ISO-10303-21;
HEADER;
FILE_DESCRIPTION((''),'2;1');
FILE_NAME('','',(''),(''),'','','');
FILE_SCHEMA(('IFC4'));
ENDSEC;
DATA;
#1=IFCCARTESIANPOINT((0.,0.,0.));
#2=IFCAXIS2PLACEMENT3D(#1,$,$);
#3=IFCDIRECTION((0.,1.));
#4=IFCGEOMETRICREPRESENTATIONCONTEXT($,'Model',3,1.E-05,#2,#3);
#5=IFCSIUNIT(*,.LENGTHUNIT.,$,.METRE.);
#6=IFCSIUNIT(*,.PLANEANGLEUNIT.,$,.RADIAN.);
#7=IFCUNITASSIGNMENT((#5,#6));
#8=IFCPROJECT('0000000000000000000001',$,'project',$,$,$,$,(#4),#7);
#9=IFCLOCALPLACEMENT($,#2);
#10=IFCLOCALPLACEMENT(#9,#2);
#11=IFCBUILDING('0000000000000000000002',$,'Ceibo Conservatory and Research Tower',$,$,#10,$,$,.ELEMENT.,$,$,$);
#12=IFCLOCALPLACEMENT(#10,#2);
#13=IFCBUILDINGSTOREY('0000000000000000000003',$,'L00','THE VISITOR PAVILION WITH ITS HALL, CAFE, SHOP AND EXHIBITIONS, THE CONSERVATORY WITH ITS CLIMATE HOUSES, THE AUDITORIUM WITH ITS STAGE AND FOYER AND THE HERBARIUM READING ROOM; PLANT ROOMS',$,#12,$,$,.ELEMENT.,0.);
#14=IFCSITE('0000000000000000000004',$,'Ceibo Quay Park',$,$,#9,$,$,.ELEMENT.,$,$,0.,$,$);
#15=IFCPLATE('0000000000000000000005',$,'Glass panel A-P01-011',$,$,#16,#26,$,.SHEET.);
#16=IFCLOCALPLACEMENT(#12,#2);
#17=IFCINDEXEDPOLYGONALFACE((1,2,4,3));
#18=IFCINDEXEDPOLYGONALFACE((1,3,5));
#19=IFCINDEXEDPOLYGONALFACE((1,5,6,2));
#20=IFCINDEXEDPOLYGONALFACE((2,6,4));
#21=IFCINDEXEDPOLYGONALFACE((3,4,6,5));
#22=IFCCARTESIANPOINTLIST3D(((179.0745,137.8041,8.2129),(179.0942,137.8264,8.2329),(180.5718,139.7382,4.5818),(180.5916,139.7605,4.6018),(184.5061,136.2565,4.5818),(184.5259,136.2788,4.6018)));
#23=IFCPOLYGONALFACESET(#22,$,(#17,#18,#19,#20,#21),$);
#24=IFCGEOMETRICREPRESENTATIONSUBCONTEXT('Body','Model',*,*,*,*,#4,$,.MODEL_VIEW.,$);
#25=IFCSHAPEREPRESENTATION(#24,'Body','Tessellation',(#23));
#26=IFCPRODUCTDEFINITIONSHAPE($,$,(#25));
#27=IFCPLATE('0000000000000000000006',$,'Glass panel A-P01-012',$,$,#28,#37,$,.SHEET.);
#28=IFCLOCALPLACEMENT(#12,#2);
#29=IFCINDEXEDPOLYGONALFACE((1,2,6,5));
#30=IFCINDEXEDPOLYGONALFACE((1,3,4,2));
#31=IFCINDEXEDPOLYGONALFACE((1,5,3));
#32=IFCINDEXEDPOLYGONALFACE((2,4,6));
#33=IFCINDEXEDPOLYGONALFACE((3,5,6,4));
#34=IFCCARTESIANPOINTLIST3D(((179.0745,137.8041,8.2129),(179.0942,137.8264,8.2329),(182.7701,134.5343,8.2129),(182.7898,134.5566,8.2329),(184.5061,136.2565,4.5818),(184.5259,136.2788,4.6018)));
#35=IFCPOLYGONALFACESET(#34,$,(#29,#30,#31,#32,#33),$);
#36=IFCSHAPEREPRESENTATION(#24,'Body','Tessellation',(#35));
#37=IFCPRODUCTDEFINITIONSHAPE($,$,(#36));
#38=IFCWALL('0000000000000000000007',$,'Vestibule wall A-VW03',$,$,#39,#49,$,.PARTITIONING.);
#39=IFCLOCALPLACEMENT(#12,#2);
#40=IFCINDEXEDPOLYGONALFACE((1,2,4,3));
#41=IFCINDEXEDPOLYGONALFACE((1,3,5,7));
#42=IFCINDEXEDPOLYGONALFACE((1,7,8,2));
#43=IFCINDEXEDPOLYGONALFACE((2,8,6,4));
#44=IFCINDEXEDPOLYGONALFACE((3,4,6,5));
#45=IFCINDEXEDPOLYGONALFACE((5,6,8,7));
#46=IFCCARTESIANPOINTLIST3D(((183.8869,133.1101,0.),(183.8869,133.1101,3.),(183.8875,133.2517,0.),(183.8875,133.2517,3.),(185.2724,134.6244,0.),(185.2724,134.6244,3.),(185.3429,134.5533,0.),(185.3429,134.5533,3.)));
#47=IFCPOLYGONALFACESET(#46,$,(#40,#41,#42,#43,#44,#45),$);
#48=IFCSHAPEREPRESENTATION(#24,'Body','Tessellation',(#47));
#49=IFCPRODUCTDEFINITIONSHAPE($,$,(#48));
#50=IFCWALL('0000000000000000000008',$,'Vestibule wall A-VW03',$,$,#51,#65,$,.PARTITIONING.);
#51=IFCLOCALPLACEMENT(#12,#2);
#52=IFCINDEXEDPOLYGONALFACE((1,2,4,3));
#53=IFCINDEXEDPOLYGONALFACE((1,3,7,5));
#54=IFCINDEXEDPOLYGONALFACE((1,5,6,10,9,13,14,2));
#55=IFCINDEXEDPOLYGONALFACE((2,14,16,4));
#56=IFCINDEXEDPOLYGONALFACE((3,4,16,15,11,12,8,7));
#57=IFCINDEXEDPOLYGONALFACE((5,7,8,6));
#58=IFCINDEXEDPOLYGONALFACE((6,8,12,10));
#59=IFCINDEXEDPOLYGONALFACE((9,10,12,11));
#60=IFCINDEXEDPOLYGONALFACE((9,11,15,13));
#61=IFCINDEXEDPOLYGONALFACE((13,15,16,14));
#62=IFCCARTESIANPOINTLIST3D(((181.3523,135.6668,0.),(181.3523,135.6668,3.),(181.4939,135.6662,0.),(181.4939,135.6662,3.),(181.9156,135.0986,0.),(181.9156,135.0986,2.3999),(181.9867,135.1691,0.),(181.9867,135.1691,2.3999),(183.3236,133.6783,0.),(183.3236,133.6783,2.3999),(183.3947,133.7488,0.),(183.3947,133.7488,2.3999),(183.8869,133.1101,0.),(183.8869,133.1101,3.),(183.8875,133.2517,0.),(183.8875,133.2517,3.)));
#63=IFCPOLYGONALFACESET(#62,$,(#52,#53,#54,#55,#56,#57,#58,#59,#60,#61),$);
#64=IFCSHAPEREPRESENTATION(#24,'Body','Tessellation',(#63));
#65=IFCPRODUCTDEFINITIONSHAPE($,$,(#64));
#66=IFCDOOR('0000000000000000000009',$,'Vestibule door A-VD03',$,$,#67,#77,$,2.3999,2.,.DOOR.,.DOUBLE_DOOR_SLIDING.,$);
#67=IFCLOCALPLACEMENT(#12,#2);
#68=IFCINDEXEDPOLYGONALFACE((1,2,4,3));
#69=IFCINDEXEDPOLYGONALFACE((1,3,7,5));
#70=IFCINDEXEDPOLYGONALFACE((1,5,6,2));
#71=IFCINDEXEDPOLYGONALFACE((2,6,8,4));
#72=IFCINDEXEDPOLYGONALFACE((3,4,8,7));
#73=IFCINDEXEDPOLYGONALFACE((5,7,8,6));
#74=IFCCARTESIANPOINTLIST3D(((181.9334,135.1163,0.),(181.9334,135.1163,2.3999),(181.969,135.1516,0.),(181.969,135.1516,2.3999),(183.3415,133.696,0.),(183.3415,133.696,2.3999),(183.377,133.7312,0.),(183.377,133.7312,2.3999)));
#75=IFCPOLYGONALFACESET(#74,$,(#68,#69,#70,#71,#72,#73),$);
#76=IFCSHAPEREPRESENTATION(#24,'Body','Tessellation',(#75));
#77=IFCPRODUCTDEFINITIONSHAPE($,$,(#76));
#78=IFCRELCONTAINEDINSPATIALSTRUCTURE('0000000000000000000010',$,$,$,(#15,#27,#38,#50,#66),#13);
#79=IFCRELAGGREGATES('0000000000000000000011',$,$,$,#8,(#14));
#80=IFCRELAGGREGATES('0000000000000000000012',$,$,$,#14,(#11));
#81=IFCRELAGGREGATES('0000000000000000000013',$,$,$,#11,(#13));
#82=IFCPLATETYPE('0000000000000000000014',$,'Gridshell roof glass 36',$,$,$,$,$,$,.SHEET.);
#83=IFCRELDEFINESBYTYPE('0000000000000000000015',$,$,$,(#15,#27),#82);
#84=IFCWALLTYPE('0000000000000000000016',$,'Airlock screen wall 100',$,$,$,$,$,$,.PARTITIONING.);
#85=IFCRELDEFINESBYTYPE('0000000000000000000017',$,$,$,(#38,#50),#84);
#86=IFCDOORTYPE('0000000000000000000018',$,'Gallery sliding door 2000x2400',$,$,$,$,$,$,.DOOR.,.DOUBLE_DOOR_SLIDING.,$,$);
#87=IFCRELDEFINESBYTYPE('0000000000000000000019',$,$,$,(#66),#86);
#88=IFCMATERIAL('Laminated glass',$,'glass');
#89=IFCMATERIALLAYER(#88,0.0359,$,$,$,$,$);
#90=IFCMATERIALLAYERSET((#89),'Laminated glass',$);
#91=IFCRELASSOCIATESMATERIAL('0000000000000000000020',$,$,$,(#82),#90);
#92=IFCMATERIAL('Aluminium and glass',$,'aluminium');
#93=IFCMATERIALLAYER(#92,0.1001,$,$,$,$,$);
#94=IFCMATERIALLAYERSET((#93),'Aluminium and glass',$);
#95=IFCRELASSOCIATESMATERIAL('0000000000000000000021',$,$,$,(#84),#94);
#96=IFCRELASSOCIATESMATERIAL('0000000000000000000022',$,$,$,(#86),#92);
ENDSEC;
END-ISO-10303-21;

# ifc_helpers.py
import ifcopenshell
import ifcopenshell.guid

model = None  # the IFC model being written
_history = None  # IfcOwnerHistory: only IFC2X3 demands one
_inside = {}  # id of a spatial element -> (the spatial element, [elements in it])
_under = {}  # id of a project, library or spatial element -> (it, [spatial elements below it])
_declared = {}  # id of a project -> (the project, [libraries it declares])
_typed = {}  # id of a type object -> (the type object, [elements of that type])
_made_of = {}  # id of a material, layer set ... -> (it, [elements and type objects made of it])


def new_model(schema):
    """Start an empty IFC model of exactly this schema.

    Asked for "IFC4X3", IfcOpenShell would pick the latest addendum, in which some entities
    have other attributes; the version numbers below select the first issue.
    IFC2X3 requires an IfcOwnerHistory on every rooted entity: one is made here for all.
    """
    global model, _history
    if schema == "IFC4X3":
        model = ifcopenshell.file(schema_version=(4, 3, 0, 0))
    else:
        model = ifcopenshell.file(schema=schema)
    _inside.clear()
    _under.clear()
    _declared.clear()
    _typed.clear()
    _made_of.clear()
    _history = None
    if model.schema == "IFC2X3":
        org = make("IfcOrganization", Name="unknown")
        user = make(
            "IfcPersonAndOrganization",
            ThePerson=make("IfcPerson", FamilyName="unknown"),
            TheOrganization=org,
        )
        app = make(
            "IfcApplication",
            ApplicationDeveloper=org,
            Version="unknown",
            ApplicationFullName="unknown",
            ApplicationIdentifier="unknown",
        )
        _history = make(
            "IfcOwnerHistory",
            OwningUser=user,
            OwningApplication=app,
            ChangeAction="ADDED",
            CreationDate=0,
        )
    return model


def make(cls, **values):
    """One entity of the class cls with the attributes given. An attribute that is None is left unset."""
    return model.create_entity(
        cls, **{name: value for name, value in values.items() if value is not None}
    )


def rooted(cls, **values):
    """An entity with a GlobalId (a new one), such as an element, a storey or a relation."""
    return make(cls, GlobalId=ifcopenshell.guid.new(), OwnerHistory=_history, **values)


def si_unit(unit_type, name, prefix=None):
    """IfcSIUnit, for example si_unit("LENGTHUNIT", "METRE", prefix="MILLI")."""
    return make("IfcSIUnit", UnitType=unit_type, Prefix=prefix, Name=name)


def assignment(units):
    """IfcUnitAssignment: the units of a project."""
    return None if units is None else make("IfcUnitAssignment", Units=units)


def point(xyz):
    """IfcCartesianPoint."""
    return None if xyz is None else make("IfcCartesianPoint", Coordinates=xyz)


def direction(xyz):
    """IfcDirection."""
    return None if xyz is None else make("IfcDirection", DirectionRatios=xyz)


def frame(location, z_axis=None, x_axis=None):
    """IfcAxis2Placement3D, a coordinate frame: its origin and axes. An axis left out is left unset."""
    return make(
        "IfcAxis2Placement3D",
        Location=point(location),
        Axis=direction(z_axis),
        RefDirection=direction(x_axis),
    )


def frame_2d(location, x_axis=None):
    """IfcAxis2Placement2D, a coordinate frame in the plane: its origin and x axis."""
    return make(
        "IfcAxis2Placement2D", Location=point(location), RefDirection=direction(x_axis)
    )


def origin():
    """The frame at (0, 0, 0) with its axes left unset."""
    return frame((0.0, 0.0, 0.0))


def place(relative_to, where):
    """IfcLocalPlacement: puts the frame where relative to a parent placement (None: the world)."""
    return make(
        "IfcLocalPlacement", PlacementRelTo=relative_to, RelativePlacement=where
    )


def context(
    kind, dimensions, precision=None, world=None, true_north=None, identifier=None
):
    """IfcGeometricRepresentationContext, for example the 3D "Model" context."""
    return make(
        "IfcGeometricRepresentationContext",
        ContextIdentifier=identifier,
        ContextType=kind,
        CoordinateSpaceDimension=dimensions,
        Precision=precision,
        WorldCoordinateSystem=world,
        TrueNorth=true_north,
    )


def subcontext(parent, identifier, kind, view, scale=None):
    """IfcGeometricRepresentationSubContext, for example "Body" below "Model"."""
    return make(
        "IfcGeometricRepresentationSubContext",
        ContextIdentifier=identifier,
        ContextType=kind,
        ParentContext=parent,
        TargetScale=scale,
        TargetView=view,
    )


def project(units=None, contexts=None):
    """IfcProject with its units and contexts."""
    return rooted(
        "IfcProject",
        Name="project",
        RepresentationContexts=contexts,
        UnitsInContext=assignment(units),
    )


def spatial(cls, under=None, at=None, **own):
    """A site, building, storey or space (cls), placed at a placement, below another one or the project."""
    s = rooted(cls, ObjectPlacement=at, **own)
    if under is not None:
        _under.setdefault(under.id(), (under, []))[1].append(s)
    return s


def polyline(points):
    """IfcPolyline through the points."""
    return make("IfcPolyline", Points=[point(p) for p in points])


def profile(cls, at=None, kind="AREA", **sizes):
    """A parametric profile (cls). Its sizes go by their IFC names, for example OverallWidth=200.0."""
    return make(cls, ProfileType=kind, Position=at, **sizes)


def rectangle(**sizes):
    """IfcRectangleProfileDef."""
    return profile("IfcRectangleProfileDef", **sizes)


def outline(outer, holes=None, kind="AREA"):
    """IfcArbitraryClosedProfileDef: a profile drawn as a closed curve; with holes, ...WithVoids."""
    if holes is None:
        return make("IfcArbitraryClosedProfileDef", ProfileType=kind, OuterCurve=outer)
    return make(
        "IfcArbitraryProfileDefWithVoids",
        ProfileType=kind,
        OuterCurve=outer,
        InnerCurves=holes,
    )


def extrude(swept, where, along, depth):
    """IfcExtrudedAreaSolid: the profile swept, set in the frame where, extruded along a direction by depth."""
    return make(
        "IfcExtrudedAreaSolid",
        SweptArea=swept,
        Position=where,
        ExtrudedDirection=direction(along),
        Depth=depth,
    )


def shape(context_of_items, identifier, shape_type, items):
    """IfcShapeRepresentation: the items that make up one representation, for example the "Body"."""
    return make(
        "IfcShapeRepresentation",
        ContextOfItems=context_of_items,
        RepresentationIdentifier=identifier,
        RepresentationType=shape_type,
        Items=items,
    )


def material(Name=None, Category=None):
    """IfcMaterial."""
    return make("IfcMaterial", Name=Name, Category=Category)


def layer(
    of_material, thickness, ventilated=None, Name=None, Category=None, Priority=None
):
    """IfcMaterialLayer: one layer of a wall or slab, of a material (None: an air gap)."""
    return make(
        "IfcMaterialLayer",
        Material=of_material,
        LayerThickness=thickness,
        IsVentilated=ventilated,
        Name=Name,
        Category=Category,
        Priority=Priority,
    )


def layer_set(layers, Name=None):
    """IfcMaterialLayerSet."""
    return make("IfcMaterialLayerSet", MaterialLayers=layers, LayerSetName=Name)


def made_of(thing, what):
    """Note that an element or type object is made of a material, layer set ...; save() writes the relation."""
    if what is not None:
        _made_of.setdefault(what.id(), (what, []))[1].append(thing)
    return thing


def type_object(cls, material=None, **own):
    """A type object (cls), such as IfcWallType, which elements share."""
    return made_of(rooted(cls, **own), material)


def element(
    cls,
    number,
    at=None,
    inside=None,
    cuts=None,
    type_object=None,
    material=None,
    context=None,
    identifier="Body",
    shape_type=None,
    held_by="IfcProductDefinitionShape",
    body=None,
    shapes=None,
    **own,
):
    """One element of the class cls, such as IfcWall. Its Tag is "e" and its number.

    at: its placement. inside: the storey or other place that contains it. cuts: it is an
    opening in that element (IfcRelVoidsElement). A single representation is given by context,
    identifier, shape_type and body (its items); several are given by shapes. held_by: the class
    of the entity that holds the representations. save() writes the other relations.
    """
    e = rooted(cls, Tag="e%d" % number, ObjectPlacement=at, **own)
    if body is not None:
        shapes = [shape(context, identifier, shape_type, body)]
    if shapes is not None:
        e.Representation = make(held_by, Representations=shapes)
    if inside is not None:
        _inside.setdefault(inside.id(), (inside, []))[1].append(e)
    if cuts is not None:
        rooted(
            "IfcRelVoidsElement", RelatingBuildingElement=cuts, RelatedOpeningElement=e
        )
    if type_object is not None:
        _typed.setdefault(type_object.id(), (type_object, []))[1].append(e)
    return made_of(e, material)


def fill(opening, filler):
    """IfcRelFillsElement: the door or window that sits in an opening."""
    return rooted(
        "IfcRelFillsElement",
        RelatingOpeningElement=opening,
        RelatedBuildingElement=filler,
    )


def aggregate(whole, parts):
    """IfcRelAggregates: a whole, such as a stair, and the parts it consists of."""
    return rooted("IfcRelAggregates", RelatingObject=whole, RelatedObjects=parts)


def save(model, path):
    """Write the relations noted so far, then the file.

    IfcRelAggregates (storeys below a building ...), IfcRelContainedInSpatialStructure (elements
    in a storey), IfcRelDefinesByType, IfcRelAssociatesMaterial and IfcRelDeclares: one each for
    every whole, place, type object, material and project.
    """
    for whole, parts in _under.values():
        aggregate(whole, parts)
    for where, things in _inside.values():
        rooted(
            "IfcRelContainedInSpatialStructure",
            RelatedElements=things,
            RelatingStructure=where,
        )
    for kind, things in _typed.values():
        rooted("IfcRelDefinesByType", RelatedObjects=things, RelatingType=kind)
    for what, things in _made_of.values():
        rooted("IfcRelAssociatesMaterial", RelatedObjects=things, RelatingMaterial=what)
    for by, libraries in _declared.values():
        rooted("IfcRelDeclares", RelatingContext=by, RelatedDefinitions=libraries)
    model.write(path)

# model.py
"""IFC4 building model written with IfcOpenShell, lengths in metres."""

from ifc_helpers import new_model, si_unit, direction, frame, frame_2d, origin, place, context, subcontext, project, spatial, polyline, rectangle, outline, extrude, material, layer, layer_set, type_object, element, fill, save


model = new_model("IFC4")

# Units and contexts
model_context = context("Model", 3, precision=1e-05, world=origin(), true_north=direction((0.0, 1.0)))
body_context = subcontext(model_context, "Body", "Model", "MODEL_VIEW")
ifc_project = project(units=[si_unit("LENGTHUNIT", "METRE"), si_unit("PLANEANGLEUNIT", "RADIAN")], contexts=[model_context])

# Site, building, storey
site_placement = place(None, origin())
site = spatial("IfcSite", under=ifc_project, at=site_placement, Name="Ceibo Quay Park", CompositionType="ELEMENT", RefElevation=0.0)
building_placement = place(site_placement, origin())
building = spatial("IfcBuilding", under=site, at=building_placement, Name="Ceibo Conservatory and Research Tower", CompositionType="ELEMENT")
storey_placement = place(building_placement, origin())
storey = spatial("IfcBuildingStorey", under=building, at=storey_placement, Name="L00", Description="THE VISITOR PAVILION WITH ITS HALL, CAFE, SHOP AND EXHIBITIONS, THE CONSERVATORY WITH ITS CLIMATE HOUSES, THE AUDITORIUM WITH ITS STAGE AND FOYER AND THE HERBARIUM READING ROOM; PLANT ROOMS", CompositionType="ELEMENT", Elevation=0.0)

# Shared definitions
ifc_material_1 = material(Name="Aluminium and glass", Category="aluminium")

# Shared definitions
ifc_material_2 = material(Name="Laminated glass", Category="glass")

# Plates
ifc_layer_1 = layer(ifc_material_2, 0.0359)
ifc_layer_set_1 = layer_set([ifc_layer_1], Name="Laminated glass")
plate_type_1 = type_object("IfcPlateType", Name="Gridshell roof glass 36", PredefinedType="SHEET", material=ifc_layer_set_1)
plate_1_placement = place(storey_placement, frame((184.5259, 136.2788, 4.6018), z_axis=(0.550015, 0.621519, 0.557851), x_axis=(-0.748871, 0.662715, 0.0)))
element("IfcPlate", 1, at=plate_1_placement, inside=storey, type_object=plate_type_1, Name="Glass panel A-P01-011", PredefinedType="SHEET", context=body_context, shape_type="SweptSolid", body=[
    extrude(outline(polyline([(0.0, 0.0), (5.2537, 0.0), (5.0932, 4.3751), (0.0, 0.0)])), origin(), (0.0, 0.0, -1.0), 0.0359),
])
plate_2_placement = place(storey_placement, frame((184.5259, 136.2788, 4.6018), z_axis=(0.54999, 0.621608, 0.557776), x_axis=(-0.808958, 0.230492, 0.540796)))
element("IfcPlate", 2, at=plate_2_placement, inside=storey, type_object=plate_type_1, Name="Glass panel A-P01-012", PredefinedType="SHEET", context=body_context, shape_type="SweptSolid", body=[
    extrude(outline(polyline([(0.0, 0.0), (6.7144, 0.0), (2.9712, 3.2151), (0.0, 0.0)])), origin(), (0.0, 0.0, -1.0), 0.0359),
])

# Wall
ifc_layer_2 = layer(ifc_material_1, 0.1001)
ifc_layer_set_2 = layer_set([ifc_layer_2], Name="Aluminium and glass")
wall_type_1 = type_object("IfcWallType", Name="Airlock screen wall 100", PredefinedType="PARTITIONING", material=ifc_layer_set_2)
wall_1_placement = place(storey_placement, frame((185.3076, 134.5889, 0.0), z_axis=(0.0, 0.0, 1.0), x_axis=(-0.710213, -0.703987, 0.0)))
element("IfcWall", 3, at=wall_1_placement, inside=storey, type_object=wall_type_1, Name="Vestibule wall A-VW03", PredefinedType="PARTITIONING", context=body_context, shape_type="SweptSolid", body=[
    extrude(outline(polyline([(0.0, -0.05), (1.95, -0.05), (2.05, 0.05), (0.0, 0.05), (0.0, -0.05)])), origin(), (0.0, 0.0, 1.0), 3.0),
])

# Wall, opening, door
wall_2_placement = place(storey_placement, frame((183.8872, 133.1809, 0.0), z_axis=(0.0, 0.0, 1.0), x_axis=(-0.704031, 0.710169, 0.0)))
wall_2 = element("IfcWall", 4, at=wall_2_placement, inside=storey, type_object=wall_type_1, Name="Vestibule wall A-VW03", PredefinedType="PARTITIONING", context=body_context, shape_type="SweptSolid", body=[
    extrude(outline(polyline([(0.05, -0.05), (3.45, -0.05), (3.55, 0.05), (-0.05, 0.05), (0.05, -0.05)])), origin(), (0.0, 0.0, 1.0), 3.0),
])
opening_1_placement = place(wall_2_placement, frame((0.75, 0.0, 0.0)))
opening_1 = element("IfcOpeningElement", 5, at=opening_1_placement, cuts=wall_2, PredefinedType="OPENING", context=body_context, shape_type="SweptSolid", body=[
    extrude(rectangle(XDim=2.0, YDim=2.3999, at=frame_2d((1.0, 1.2))), frame((0.0, 0.0601, 0.0), z_axis=(0.0, -1.0, 0.0), x_axis=(1.0, 0.0, 0.0)), (0.0, 0.0, 1.0), 0.1201),
])
door_type_1 = type_object("IfcDoorType", Name="Gallery sliding door 2000x2400", OperationType="DOUBLE_DOOR_SLIDING", PredefinedType="DOOR", material=ifc_material_1)
door_1_placement = place(opening_1_placement, origin())
door_1 = element("IfcDoor", 6, at=door_1_placement, inside=storey, type_object=door_type_1, Name="Vestibule door A-VD03", OperationType="DOUBLE_DOOR_SLIDING", OverallHeight=2.3999, OverallWidth=2.0, PredefinedType="DOOR", context=body_context, shape_type="SweptSolid", body=[
    extrude(rectangle(XDim=2.0, YDim=2.3999, at=frame_2d((1.0, 1.2))), frame((0.0, 0.0249, 0.0), z_axis=(0.0, -1.0, 0.0), x_axis=(1.0, 0.0, 0.0)), (0.0, 0.0, 1.0), 0.05),
])
fill(opening_1, door_1)

save(model, "model.ifc")
